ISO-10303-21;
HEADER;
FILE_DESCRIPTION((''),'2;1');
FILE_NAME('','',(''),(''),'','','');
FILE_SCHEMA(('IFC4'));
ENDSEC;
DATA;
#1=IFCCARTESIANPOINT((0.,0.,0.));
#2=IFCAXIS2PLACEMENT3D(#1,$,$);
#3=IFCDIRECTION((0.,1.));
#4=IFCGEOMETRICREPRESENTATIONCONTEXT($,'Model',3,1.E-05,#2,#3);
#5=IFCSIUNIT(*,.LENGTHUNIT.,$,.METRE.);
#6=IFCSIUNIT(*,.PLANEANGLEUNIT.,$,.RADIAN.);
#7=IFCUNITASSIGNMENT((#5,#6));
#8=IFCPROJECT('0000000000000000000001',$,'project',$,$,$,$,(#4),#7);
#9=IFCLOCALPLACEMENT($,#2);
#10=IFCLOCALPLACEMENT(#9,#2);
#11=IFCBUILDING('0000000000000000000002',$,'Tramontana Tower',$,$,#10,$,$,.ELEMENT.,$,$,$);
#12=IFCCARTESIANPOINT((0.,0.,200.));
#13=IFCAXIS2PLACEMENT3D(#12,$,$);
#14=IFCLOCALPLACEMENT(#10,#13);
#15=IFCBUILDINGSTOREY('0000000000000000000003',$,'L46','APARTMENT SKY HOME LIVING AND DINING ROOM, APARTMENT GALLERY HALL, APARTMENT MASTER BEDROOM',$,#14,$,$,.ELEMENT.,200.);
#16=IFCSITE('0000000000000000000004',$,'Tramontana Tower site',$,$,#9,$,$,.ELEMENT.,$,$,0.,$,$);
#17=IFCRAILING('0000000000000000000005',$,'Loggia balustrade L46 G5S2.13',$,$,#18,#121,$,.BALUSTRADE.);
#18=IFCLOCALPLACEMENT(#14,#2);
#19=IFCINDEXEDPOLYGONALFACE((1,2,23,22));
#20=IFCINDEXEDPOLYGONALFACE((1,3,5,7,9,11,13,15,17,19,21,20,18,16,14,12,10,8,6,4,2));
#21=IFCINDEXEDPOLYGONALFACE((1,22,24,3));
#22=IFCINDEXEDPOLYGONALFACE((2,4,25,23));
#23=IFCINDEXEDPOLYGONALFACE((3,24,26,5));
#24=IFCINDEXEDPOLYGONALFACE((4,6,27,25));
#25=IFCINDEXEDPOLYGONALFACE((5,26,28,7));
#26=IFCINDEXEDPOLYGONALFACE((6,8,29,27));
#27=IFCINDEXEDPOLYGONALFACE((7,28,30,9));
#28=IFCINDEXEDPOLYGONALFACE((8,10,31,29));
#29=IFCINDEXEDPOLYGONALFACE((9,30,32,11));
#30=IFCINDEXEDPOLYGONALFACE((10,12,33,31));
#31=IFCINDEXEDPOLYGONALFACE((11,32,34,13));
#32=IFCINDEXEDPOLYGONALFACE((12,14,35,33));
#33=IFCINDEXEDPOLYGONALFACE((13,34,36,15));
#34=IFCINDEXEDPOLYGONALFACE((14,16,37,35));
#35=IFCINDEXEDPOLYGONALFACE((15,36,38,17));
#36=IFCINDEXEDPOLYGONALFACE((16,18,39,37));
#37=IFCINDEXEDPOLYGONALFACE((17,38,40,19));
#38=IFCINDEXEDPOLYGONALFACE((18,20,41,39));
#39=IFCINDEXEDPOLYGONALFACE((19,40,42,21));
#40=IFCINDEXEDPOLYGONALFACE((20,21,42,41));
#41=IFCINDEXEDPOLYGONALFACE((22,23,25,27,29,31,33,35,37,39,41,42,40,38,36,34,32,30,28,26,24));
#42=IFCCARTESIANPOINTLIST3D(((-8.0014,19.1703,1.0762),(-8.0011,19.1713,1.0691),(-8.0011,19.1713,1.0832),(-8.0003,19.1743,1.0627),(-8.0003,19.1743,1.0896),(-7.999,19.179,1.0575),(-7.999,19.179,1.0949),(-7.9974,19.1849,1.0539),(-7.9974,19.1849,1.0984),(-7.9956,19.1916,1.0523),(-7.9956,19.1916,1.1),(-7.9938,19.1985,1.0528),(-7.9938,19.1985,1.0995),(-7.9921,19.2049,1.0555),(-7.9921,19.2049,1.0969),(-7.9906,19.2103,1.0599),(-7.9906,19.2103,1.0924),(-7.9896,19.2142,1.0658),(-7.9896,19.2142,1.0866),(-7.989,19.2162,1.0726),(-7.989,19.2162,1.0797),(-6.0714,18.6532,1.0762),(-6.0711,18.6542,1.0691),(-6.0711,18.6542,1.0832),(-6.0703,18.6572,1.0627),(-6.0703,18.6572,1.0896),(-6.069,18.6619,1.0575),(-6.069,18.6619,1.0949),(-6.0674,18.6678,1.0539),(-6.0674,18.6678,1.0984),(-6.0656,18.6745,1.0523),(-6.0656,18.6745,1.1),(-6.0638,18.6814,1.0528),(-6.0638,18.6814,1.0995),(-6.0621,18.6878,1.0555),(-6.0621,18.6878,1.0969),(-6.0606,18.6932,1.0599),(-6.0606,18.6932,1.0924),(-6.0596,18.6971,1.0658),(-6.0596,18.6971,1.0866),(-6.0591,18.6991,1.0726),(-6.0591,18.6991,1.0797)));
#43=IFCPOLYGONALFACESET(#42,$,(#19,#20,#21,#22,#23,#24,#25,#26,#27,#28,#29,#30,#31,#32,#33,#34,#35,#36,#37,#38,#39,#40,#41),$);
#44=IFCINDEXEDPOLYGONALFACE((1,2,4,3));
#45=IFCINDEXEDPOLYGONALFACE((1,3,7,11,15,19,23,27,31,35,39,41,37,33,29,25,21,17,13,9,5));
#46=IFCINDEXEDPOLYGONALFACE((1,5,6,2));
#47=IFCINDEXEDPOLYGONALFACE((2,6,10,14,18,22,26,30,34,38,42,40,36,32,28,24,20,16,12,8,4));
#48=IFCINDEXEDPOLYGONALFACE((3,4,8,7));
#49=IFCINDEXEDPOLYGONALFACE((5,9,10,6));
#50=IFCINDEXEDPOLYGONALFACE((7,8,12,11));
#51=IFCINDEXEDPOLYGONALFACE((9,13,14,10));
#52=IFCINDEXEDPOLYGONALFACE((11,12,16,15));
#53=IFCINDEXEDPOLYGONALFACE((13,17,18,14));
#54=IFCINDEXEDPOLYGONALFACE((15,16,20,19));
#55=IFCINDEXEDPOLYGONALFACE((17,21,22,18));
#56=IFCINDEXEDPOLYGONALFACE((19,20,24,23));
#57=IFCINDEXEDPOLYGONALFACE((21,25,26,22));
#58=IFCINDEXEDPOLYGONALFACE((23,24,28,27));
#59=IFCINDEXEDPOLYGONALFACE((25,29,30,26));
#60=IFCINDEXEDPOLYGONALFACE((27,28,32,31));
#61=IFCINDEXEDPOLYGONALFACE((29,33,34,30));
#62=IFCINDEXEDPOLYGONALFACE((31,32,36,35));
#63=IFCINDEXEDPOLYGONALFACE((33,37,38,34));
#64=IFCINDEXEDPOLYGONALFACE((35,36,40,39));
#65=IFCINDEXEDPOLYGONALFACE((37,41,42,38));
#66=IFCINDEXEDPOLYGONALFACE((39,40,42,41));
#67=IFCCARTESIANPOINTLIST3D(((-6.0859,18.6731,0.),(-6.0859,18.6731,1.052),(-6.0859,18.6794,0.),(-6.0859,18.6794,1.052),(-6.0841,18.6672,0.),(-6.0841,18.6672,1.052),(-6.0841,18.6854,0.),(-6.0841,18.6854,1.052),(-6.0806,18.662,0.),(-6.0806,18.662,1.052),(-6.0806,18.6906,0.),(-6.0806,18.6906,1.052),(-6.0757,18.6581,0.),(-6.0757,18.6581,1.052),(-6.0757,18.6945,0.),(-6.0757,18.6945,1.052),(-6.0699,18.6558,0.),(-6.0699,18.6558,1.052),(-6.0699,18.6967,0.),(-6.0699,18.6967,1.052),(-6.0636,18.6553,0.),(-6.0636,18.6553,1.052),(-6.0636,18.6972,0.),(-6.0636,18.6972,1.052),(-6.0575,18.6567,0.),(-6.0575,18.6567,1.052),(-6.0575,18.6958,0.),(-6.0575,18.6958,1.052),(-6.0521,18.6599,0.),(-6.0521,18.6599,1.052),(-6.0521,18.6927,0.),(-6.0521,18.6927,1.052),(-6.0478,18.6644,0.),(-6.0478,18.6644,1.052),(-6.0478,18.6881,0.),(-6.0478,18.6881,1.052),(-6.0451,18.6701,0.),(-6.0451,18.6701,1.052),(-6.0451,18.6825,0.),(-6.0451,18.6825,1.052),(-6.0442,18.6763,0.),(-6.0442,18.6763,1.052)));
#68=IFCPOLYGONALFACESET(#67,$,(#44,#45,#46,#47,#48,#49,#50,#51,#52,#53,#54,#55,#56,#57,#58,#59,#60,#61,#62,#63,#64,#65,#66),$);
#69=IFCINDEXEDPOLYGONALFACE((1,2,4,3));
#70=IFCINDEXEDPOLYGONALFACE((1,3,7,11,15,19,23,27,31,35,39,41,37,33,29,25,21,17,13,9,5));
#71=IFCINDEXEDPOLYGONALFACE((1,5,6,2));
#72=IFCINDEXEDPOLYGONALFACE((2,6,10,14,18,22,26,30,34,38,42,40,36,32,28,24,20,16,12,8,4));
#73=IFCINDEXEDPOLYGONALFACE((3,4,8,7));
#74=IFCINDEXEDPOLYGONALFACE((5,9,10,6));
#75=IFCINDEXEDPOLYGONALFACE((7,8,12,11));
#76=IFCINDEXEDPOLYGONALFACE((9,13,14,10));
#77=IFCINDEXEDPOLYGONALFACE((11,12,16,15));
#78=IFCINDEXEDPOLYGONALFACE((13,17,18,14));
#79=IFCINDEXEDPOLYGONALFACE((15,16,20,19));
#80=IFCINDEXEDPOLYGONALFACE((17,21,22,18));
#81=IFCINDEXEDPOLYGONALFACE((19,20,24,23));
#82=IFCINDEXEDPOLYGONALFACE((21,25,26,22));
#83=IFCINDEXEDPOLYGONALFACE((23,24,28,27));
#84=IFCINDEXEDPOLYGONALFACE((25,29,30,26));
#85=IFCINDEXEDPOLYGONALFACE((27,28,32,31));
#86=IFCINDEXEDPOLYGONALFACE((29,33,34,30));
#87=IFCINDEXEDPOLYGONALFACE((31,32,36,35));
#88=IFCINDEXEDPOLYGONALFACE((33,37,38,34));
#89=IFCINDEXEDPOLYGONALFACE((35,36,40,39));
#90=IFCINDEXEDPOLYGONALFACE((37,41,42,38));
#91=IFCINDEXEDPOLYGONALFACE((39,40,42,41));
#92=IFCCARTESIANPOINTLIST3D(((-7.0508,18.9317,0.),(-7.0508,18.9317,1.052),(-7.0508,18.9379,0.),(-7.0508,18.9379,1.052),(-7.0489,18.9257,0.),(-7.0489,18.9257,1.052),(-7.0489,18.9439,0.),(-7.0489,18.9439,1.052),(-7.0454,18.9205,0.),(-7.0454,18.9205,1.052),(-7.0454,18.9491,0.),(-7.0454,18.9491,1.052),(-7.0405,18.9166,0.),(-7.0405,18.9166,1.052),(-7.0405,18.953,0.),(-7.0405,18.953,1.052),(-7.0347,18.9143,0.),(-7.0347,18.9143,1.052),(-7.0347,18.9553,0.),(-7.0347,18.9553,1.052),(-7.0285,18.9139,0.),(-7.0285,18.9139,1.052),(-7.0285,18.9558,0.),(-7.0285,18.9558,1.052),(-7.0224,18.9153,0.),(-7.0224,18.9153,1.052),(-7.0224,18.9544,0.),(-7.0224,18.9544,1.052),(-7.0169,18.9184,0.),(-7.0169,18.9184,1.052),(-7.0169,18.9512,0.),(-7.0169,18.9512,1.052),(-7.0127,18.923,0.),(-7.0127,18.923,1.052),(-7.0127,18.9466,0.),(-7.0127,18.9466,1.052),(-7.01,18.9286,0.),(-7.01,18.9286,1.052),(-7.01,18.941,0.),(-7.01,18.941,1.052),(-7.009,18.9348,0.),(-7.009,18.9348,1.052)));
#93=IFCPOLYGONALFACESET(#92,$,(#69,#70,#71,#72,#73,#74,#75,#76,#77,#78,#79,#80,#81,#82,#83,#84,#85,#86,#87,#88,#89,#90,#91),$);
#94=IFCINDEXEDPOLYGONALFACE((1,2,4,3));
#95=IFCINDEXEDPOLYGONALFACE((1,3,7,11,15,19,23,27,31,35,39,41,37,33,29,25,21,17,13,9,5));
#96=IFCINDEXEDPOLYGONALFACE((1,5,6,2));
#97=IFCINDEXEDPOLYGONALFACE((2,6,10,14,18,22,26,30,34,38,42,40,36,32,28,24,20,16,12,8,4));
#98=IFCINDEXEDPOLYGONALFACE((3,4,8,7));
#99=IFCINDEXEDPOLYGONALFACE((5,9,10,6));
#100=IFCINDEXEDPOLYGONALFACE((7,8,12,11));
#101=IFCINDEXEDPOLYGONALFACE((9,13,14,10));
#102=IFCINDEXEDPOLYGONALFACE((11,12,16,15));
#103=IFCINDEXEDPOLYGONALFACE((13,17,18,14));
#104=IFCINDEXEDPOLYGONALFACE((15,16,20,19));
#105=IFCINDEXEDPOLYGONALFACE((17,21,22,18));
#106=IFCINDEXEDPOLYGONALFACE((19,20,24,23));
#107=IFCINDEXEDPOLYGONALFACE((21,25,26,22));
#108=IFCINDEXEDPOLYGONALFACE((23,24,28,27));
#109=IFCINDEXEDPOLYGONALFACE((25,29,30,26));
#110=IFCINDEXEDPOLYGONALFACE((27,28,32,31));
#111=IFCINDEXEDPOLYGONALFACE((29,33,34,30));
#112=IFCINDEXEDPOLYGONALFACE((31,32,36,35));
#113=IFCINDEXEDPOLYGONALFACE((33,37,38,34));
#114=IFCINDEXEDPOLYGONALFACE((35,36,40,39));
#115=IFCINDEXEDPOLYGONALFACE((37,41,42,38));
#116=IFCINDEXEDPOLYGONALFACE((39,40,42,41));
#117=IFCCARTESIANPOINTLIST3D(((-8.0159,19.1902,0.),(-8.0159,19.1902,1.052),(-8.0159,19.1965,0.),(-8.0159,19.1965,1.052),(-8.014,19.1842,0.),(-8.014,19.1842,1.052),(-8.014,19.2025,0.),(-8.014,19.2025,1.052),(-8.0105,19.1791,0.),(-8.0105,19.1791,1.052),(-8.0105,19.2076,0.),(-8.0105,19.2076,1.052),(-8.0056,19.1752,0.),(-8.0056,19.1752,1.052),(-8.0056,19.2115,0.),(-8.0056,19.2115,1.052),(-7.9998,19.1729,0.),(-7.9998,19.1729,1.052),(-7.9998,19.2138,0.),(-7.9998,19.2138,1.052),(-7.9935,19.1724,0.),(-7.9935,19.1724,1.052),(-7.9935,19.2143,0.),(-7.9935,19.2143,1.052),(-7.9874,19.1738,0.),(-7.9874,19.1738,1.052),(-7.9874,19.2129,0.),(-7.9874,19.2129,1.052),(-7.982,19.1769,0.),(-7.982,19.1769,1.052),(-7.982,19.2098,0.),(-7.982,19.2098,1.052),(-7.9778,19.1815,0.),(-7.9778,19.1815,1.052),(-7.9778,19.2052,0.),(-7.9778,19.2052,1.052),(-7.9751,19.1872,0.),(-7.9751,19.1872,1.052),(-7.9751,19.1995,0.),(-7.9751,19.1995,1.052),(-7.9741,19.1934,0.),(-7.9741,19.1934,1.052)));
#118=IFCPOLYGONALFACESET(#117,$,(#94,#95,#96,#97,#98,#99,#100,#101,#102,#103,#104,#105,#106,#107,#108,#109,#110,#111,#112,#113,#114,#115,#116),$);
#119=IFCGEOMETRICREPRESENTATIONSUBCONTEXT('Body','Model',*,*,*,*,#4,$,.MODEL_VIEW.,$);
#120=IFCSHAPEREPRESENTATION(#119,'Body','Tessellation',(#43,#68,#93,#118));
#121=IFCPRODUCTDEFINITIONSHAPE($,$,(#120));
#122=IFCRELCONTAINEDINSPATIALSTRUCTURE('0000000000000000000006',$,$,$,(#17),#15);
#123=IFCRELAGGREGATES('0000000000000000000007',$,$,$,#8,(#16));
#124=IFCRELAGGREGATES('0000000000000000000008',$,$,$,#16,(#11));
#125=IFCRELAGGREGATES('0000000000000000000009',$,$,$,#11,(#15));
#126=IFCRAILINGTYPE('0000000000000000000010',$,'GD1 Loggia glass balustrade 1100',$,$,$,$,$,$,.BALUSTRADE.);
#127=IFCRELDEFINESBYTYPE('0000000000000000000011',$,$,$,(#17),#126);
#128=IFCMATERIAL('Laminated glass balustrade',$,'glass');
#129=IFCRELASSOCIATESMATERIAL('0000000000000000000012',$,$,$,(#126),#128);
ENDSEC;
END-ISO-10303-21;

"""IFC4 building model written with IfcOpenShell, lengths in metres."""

from ifc_helpers import new_model, si_unit, direction, frame, origin, origin_2d, place, context, subcontext, project, spatial, circle, extrude, material, type_object, element, save


model = new_model("IFC4")

# Units and contexts
model_context = context("Model", 3, precision=1e-05, world=origin(), true_north=direction((0.0, 1.0)))
body_context = subcontext(model_context, "Body", "Model", "MODEL_VIEW")
ifc_project = project(units=[si_unit("LENGTHUNIT", "METRE"), si_unit("PLANEANGLEUNIT", "RADIAN")], contexts=[model_context])

# Site, building, storey
site_placement = place(None, origin())
site = spatial("IfcSite", under=ifc_project, at=site_placement, Name="Tramontana Tower site", CompositionType="ELEMENT", RefElevation=0.0)
building_placement = place(site_placement, origin())
building = spatial("IfcBuilding", under=site, at=building_placement, Name="Tramontana Tower", CompositionType="ELEMENT")
storey_placement = place(building_placement, frame((0.0, 0.0, 200.0)))
storey = spatial("IfcBuildingStorey", under=building, at=storey_placement, Name="L46", Description="APARTMENT SKY HOME LIVING AND DINING ROOM, APARTMENT GALLERY HALL, APARTMENT MASTER BEDROOM", CompositionType="ELEMENT", Elevation=200.0)

# Railing
ifc_material_1 = material(Name="Laminated glass balustrade", Category="glass")
railing_type = type_object("IfcRailingType", Name="GD1 Loggia glass balustrade 1100", PredefinedType="BALUSTRADE", material=ifc_material_1)
railing_placement = place(storey_placement, frame((-6.0652, 18.6763, 0.0)))
element("IfcRailing", 1, at=railing_placement, inside=storey, type_object=railing_type, Name="Loggia balustrade L46 G5S2.13", PredefinedType="BALUSTRADE", context=body_context, shape_type="SweptSolid", body=[
    extrude(circle(Radius=0.0239, at=origin_2d()), frame((0.0, 0.0, 1.0762), z_axis=(-0.96593, 0.258803, 0.0), x_axis=(-0.258803, -0.96593, 0.0)), (0.0, 0.0, 1.0), 1.998),
    extrude(circle(Radius=0.021, at=origin_2d()), origin(), (0.0, 0.0, 1.0), 1.052),
    extrude(circle(Radius=0.021, at=origin_2d()), frame((-0.9648, 0.2585, 0.0)), (0.0, 0.0, 1.0), 1.052),
    extrude(circle(Radius=0.021, at=origin_2d()), frame((-1.9299, 0.5171, 0.0)), (0.0, 0.0, 1.0), 1.052),
])

save(model, "model.ifc")
